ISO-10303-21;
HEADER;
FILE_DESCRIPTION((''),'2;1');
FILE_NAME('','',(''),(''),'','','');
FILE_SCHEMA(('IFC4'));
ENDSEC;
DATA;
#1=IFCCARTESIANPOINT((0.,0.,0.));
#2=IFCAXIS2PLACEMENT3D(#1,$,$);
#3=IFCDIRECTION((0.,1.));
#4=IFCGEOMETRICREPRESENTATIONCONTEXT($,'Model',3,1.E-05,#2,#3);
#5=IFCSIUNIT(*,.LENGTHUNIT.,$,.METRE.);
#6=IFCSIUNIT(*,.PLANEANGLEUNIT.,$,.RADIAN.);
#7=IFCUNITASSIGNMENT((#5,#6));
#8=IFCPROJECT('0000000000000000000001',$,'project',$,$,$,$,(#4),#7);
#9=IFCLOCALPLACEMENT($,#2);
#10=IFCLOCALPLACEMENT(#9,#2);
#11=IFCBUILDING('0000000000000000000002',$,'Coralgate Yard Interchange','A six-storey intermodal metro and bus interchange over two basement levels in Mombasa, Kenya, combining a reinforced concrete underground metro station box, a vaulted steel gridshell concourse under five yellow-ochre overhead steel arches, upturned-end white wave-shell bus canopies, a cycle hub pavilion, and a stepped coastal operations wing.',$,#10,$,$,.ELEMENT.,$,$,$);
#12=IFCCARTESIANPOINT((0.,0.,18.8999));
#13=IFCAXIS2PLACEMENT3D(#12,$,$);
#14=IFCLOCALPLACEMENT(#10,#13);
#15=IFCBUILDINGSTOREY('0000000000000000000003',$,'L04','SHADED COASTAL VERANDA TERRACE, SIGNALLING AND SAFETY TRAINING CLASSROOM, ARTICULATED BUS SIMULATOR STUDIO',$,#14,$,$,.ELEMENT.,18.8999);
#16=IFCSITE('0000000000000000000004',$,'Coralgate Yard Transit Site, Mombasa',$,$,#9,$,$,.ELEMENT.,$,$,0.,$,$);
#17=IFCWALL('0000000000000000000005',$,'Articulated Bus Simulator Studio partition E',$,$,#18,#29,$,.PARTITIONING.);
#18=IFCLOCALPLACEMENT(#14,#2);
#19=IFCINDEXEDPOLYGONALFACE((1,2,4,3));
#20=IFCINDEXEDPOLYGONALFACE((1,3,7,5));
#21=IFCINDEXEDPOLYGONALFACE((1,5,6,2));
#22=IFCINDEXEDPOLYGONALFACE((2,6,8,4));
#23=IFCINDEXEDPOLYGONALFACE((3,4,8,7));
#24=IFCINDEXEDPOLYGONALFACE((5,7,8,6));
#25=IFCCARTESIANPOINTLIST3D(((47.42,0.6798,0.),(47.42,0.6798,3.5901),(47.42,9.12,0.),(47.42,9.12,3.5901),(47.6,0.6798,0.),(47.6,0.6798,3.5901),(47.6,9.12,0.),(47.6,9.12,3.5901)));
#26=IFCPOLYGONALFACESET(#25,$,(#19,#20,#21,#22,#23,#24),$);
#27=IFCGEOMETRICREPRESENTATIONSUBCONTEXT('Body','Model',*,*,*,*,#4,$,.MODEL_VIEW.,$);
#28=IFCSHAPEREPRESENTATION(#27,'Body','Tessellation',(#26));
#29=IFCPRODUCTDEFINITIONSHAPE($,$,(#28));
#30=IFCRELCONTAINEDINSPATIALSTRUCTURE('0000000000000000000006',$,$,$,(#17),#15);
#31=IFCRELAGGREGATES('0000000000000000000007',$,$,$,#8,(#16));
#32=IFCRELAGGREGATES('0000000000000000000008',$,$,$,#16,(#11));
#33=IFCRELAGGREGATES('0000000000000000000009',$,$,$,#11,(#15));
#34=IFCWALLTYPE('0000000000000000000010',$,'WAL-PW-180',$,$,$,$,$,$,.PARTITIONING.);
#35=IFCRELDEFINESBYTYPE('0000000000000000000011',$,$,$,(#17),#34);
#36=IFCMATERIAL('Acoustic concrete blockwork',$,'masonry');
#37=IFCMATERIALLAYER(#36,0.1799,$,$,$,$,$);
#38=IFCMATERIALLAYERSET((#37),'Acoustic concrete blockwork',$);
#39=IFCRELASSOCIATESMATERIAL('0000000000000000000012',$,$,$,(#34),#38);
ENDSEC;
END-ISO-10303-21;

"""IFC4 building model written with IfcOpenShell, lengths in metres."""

from ifc_helpers import new_model, si_unit, direction, frame, frame_2d, origin, place, context, subcontext, project, spatial, rectangle, extrude, material, layer, layer_set, type_object, element, save


model = new_model("IFC4")

# Units and contexts
model_context = context("Model", 3, precision=1e-05, world=origin(), true_north=direction((0.0, 1.0)))
body_context = subcontext(model_context, "Body", "Model", "MODEL_VIEW")
ifc_project = project(units=[si_unit("LENGTHUNIT", "METRE"), si_unit("PLANEANGLEUNIT", "RADIAN")], contexts=[model_context])

# Site, building, storey
site_placement = place(None, origin())
site = spatial("IfcSite", under=ifc_project, at=site_placement, Name="Coralgate Yard Transit Site, Mombasa", CompositionType="ELEMENT", RefElevation=0.0)
building_placement = place(site_placement, origin())
building = spatial("IfcBuilding", under=site, at=building_placement, Name="Coralgate Yard Interchange", Description="A six-storey intermodal metro and bus interchange over two basement levels in Mombasa, Kenya, combining a reinforced concrete underground metro station box, a vaulted steel gridshell concourse under five yellow-ochre overhead steel arches, upturned-end white wave-shell bus canopies, a cycle hub pavilion, and a stepped coastal operations wing.", CompositionType="ELEMENT")
storey_placement = place(building_placement, frame((0.0, 0.0, 18.8999)))
storey = spatial("IfcBuildingStorey", under=building, at=storey_placement, Name="L04", Description="SHADED COASTAL VERANDA TERRACE, SIGNALLING AND SAFETY TRAINING CLASSROOM, ARTICULATED BUS SIMULATOR STUDIO", CompositionType="ELEMENT", Elevation=18.8999)

# Wall
ifc_material_1 = material(Name="Acoustic concrete blockwork", Category="masonry")
ifc_layer_1 = layer(ifc_material_1, 0.1799)
ifc_layer_set_1 = layer_set([ifc_layer_1], Name="Acoustic concrete blockwork")
wall_type = type_object("IfcWallType", Name="WAL-PW-180", PredefinedType="PARTITIONING", material=ifc_layer_set_1)
wall_1_placement = place(storey_placement, frame((47.51, 9.1201, 0.0), z_axis=(0.0, 0.0, 1.0), x_axis=(0.0, -1.0, 0.0)))
element("IfcWall", 1, at=wall_1_placement, inside=storey, type_object=wall_type, Name="Articulated Bus Simulator Studio partition E", PredefinedType="PARTITIONING", context=body_context, shape_type="SweptSolid", body=[
    extrude(rectangle(XDim=8.4402, YDim=0.1799, at=frame_2d((4.2202, 0.0))), origin(), (0.0, 0.0, 1.0), 3.5901),
])

save(model, "model.ifc")
